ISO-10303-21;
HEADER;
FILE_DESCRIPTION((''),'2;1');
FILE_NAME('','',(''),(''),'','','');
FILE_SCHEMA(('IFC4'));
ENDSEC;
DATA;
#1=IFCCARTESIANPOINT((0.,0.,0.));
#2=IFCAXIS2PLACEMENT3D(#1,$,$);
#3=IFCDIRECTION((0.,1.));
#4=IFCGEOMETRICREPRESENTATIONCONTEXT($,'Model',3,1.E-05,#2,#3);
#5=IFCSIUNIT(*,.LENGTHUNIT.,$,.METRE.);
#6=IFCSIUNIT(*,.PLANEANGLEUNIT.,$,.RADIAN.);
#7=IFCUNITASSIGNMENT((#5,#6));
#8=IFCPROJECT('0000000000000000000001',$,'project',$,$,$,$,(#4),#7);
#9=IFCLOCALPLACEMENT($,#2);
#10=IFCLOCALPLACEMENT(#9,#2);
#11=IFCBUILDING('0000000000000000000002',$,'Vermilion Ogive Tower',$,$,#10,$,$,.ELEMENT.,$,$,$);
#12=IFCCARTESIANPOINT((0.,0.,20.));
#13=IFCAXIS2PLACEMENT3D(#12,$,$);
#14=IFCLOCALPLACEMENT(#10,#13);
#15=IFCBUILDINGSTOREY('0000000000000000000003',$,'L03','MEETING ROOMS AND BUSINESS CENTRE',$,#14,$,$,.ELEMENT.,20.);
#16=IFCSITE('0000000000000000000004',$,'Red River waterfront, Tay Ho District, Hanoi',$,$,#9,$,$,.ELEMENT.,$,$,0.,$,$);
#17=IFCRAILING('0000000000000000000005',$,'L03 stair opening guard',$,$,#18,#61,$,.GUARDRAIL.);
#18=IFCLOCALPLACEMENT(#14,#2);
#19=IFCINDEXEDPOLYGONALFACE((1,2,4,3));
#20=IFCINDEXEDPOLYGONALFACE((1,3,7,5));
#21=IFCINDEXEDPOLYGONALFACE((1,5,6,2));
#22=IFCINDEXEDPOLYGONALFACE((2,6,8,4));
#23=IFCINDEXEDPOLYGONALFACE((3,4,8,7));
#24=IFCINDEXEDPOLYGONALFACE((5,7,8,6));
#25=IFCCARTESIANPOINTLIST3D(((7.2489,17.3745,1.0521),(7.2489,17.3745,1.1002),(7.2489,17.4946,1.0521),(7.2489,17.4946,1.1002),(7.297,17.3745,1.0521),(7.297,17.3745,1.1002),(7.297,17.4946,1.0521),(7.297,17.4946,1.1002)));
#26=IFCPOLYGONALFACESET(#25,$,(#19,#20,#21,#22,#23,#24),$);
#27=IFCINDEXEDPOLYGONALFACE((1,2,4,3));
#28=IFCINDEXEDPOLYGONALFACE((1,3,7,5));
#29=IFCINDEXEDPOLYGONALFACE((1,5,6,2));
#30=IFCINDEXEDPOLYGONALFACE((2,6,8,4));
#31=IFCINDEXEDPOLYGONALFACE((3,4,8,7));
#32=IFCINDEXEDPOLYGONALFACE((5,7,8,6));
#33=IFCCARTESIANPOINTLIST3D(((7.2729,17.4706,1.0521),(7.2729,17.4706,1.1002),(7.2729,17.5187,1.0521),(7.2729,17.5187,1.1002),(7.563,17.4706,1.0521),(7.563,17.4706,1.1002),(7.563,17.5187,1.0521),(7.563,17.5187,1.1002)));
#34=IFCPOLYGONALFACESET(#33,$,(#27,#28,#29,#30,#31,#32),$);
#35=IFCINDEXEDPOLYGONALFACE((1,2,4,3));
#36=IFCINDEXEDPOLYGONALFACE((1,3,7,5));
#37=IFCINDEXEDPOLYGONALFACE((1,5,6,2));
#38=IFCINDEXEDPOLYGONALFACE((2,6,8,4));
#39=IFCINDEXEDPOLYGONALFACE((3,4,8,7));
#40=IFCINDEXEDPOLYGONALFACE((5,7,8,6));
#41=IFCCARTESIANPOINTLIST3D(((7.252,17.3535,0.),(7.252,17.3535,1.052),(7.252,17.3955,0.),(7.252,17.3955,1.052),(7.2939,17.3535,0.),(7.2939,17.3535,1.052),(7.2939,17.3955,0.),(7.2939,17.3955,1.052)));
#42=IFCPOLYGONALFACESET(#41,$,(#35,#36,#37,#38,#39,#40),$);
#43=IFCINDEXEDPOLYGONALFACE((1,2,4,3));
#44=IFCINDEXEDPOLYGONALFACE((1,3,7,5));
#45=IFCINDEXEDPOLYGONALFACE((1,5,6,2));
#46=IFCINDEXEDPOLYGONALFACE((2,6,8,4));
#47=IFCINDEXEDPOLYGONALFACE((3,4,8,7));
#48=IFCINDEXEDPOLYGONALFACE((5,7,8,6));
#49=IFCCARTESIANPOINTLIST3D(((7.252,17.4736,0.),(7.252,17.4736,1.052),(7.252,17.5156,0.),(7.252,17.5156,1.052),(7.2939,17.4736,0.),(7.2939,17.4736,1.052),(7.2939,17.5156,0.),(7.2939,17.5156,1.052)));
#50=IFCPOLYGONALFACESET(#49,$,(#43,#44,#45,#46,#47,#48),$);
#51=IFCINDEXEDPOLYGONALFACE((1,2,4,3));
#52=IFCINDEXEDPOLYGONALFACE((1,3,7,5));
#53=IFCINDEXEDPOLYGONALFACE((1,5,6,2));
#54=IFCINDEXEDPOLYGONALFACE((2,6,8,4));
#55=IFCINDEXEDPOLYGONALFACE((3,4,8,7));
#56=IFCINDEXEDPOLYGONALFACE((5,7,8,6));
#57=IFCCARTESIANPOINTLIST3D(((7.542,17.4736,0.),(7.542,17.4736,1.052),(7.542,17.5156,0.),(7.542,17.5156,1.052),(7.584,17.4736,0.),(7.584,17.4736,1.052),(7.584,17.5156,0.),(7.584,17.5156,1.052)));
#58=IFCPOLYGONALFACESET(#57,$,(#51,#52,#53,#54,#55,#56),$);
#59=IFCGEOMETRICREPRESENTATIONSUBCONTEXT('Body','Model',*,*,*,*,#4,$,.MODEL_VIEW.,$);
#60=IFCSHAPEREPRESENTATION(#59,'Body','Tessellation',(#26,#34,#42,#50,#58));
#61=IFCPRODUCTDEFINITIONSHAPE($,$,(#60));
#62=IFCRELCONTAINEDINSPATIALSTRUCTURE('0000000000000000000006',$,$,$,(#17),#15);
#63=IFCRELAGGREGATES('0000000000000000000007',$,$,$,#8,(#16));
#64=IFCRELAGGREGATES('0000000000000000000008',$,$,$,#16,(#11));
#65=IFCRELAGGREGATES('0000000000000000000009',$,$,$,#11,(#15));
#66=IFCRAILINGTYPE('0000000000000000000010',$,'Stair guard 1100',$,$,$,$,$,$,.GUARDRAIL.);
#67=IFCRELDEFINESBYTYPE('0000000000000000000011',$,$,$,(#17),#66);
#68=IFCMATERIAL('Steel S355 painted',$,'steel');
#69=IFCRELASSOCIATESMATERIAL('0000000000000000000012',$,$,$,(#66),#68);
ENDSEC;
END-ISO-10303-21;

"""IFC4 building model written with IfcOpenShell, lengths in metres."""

from ifc_helpers import new_model, si_unit, direction, frame, origin, origin_2d, place, context, subcontext, project, spatial, rectangle, extrude, material, type_object, element, save


model = new_model("IFC4")

# Units and contexts
model_context = context("Model", 3, precision=1e-05, world=origin(), true_north=direction((0.0, 1.0)))
body_context = subcontext(model_context, "Body", "Model", "MODEL_VIEW")
ifc_project = project(units=[si_unit("LENGTHUNIT", "METRE"), si_unit("PLANEANGLEUNIT", "RADIAN")], contexts=[model_context])

# Site, building, storey
site_placement = place(None, origin())
site = spatial("IfcSite", under=ifc_project, at=site_placement, Name="Red River waterfront, Tay Ho District, Hanoi", CompositionType="ELEMENT", RefElevation=0.0)
building_placement = place(site_placement, origin())
building = spatial("IfcBuilding", under=site, at=building_placement, Name="Vermilion Ogive Tower", CompositionType="ELEMENT")
storey_placement = place(building_placement, frame((0.0, 0.0, 20.0)))
storey = spatial("IfcBuildingStorey", under=building, at=storey_placement, Name="L03", Description="MEETING ROOMS AND BUSINESS CENTRE", CompositionType="ELEMENT", Elevation=20.0)

# Railing
ifc_material_1 = material(Name="Steel S355 painted", Category="steel")
railing_type = type_object("IfcRailingType", Name="Stair guard 1100", PredefinedType="GUARDRAIL", material=ifc_material_1)
railing_1_placement = place(storey_placement, frame((7.2729, 17.3745, 0.0)))
element("IfcRailing", 1, at=railing_1_placement, inside=storey, type_object=railing_type, Name="L03 stair opening guard", PredefinedType="GUARDRAIL", context=body_context, shape_type="SweptSolid", body=[
    extrude(rectangle(XDim=0.0481, YDim=0.0481, at=origin_2d()), frame((0.0, 0.0, 1.0762), z_axis=(0.0, 1.0, 0.0), x_axis=(-1.0, 0.0, 0.0)), (0.0, 0.0, 1.0), 0.1201),
    extrude(rectangle(XDim=0.0481, YDim=0.0481, at=origin_2d()), frame((0.0, 0.1201, 1.0762), z_axis=(1.0, 0.0, 0.0), x_axis=(0.0, 1.0, 0.0)), (0.0, 0.0, 1.0), 0.29),
    extrude(rectangle(XDim=0.042, YDim=0.042, at=origin_2d()), origin(), (0.0, 0.0, 1.0), 1.052),
    extrude(rectangle(XDim=0.042, YDim=0.042, at=origin_2d()), frame((0.0, 0.1201, 0.0)), (0.0, 0.0, 1.0), 1.052),
    extrude(rectangle(XDim=0.042, YDim=0.042, at=origin_2d()), frame((0.29, 0.1201, 0.0)), (0.0, 0.0, 1.0), 1.052),
])

save(model, "model.ifc")
